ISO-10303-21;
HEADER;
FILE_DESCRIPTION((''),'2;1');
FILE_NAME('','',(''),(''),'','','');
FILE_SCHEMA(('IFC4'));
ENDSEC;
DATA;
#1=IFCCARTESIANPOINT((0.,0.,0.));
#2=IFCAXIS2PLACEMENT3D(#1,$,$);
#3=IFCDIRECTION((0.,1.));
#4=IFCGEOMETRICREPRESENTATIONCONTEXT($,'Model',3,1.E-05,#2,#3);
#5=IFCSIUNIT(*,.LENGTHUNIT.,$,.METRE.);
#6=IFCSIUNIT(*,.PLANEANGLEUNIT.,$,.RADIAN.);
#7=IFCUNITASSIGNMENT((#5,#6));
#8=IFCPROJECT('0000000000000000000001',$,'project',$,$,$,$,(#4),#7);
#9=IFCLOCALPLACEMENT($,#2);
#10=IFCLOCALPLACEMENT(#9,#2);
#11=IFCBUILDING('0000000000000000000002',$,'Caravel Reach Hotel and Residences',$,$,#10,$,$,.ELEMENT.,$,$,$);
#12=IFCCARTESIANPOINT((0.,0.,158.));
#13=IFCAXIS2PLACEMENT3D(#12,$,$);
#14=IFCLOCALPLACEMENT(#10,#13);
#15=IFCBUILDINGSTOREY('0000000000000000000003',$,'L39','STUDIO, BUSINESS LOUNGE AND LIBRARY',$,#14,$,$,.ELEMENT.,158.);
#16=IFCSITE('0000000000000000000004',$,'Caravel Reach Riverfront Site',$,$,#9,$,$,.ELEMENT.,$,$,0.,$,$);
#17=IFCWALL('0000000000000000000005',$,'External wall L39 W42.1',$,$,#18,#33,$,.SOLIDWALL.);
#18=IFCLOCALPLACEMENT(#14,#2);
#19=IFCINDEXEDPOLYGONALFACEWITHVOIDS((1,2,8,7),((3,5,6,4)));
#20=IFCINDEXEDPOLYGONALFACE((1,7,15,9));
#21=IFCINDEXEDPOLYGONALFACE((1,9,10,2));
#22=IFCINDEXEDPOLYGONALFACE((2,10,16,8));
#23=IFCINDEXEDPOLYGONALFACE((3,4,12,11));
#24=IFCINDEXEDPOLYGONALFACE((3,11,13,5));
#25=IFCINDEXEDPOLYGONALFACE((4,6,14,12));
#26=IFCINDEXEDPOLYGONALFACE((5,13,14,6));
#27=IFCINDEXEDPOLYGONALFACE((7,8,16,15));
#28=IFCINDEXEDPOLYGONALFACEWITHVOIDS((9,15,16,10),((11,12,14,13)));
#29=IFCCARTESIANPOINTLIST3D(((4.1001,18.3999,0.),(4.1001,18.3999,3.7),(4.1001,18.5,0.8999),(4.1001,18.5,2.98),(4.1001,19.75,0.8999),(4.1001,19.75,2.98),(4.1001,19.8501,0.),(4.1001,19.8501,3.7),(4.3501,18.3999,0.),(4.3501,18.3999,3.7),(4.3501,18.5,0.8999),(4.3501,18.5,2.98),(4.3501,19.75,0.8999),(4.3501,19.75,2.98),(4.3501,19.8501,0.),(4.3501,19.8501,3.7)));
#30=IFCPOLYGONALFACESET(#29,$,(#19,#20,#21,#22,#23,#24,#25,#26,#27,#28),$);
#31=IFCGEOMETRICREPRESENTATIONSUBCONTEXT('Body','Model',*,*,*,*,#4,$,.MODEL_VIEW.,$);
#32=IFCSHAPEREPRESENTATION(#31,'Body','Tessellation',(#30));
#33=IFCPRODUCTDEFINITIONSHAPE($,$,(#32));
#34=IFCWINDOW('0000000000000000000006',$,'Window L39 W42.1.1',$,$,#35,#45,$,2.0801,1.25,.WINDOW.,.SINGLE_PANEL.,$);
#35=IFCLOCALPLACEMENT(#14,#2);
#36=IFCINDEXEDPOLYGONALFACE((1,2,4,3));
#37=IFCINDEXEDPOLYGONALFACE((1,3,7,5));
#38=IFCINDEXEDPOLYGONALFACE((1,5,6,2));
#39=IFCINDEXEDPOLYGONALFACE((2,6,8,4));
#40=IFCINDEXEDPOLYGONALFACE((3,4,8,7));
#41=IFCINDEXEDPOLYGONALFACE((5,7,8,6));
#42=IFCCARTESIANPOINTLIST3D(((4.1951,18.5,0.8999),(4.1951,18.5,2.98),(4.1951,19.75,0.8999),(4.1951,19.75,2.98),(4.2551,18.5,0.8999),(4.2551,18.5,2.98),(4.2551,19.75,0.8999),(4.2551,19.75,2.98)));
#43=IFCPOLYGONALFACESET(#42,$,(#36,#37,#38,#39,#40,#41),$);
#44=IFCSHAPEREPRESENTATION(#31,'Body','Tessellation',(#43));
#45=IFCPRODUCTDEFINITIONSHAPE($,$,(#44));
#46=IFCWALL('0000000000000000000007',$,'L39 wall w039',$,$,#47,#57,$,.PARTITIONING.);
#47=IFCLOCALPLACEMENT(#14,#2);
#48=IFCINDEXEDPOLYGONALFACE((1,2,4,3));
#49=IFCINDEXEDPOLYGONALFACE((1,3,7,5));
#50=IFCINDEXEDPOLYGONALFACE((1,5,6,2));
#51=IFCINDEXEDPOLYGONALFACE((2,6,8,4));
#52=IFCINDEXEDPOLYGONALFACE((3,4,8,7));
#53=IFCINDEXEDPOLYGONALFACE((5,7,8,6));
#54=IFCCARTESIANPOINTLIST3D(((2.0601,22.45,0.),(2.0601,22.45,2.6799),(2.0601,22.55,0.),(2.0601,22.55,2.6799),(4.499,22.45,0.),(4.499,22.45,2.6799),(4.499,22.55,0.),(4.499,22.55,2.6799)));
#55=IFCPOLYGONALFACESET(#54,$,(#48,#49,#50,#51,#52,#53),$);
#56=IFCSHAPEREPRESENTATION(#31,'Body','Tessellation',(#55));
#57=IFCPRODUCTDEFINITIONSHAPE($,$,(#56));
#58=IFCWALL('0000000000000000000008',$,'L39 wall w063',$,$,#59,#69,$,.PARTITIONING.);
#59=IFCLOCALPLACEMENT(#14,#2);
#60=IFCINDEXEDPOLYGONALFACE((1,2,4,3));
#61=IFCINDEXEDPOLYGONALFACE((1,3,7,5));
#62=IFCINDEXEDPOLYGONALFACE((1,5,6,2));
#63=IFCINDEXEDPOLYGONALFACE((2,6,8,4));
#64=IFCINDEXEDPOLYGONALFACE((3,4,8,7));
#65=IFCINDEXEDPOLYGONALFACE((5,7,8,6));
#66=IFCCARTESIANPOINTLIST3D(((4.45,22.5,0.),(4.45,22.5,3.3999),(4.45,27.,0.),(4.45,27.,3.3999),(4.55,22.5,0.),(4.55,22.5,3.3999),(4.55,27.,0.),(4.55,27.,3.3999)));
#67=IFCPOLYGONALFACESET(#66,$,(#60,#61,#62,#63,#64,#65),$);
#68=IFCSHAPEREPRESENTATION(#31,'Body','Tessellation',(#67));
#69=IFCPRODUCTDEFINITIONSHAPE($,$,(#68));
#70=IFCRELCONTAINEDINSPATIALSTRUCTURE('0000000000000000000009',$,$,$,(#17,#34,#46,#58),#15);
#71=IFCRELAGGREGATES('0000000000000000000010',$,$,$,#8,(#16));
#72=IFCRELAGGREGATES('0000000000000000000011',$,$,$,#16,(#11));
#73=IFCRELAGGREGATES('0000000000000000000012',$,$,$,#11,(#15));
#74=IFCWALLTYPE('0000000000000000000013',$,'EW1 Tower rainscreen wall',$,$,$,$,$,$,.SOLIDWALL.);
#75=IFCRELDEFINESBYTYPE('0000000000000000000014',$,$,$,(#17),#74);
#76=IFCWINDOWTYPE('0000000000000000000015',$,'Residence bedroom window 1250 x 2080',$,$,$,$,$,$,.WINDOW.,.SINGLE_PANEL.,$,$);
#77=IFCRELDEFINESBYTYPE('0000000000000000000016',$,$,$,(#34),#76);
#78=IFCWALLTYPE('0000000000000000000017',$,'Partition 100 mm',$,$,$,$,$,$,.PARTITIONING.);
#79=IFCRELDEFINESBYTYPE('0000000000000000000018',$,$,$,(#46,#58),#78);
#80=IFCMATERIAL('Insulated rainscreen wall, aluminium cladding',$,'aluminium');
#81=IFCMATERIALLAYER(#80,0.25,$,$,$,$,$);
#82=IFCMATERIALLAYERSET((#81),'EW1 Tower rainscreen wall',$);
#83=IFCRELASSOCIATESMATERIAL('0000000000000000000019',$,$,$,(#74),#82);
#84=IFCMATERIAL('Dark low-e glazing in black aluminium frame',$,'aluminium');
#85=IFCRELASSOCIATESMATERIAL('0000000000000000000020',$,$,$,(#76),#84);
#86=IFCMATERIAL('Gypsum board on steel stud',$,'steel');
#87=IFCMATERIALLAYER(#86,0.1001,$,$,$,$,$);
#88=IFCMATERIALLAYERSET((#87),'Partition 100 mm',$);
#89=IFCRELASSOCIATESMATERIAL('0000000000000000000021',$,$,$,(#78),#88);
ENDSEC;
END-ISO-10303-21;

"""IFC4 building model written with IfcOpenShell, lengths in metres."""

from ifc_helpers import new_model, si_unit, direction, frame, frame_2d, origin, place, context, subcontext, project, spatial, rectangle, extrude, material, layer, layer_set, type_object, element, fill, save


model = new_model("IFC4")

# Units and contexts
model_context = context("Model", 3, precision=1e-05, world=origin(), true_north=direction((0.0, 1.0)))
body_context = subcontext(model_context, "Body", "Model", "MODEL_VIEW")
ifc_project = project(units=[si_unit("LENGTHUNIT", "METRE"), si_unit("PLANEANGLEUNIT", "RADIAN")], contexts=[model_context])

# Site, building, storey
site_placement = place(None, origin())
site = spatial("IfcSite", under=ifc_project, at=site_placement, Name="Caravel Reach Riverfront Site", CompositionType="ELEMENT", RefElevation=0.0)
building_placement = place(site_placement, origin())
building = spatial("IfcBuilding", under=site, at=building_placement, Name="Caravel Reach Hotel and Residences", CompositionType="ELEMENT")
storey_placement = place(building_placement, frame((0.0, 0.0, 158.0)))
storey = spatial("IfcBuildingStorey", under=building, at=storey_placement, Name="L39", Description="STUDIO, BUSINESS LOUNGE AND LIBRARY", CompositionType="ELEMENT", Elevation=158.0)

# Wall, opening, window
ifc_material_1 = material(Name="Insulated rainscreen wall, aluminium cladding", Category="aluminium")
ifc_layer_1 = layer(ifc_material_1, 0.25)
ifc_layer_set_1 = layer_set([ifc_layer_1], Name="EW1 Tower rainscreen wall")
wall_type_1 = type_object("IfcWallType", Name="EW1 Tower rainscreen wall", PredefinedType="SOLIDWALL", material=ifc_layer_set_1)
wall_1_placement = place(storey_placement, frame((4.2251, 19.8501, 0.0), z_axis=(0.0, 0.0, 1.0), x_axis=(0.0, -1.0, 0.0)))
wall_1 = element("IfcWall", 1, at=wall_1_placement, inside=storey, type_object=wall_type_1, Name="External wall L39 W42.1", PredefinedType="SOLIDWALL", context=body_context, shape_type="SweptSolid", body=[
    extrude(rectangle(XDim=1.4502, YDim=0.25, at=frame_2d((0.7251, 0.0))), origin(), (0.0, 0.0, 1.0), 3.7),
])
opening_1_placement = place(wall_1_placement, frame((0.1001, 0.0, 0.8999)))
opening_1 = element("IfcOpeningElement", 2, at=opening_1_placement, cuts=wall_1, PredefinedType="OPENING", context=body_context, shape_type="SweptSolid", body=[
    extrude(rectangle(XDim=1.25, YDim=2.0801, at=frame_2d((0.625, 1.04))), frame((0.0, 0.135, 0.0), z_axis=(0.0, -1.0, 0.0), x_axis=(1.0, 0.0, 0.0)), (0.0, 0.0, 1.0), 0.27),
])
ifc_material_2 = material(Name="Dark low-e glazing in black aluminium frame", Category="aluminium")
window_type_1 = type_object("IfcWindowType", Name="Residence bedroom window 1250 x 2080", PartitioningType="SINGLE_PANEL", PredefinedType="WINDOW", material=ifc_material_2)
window_1_placement = place(opening_1_placement, origin())
window_1 = element("IfcWindow", 3, at=window_1_placement, inside=storey, type_object=window_type_1, Name="Window L39 W42.1.1", OverallHeight=2.0801, OverallWidth=1.25, PartitioningType="SINGLE_PANEL", PredefinedType="WINDOW", context=body_context, shape_type="SweptSolid", body=[
    extrude(rectangle(XDim=1.25, YDim=2.0801, at=frame_2d((0.625, 1.04))), frame((0.0, 0.03, 0.0), z_axis=(0.0, -1.0, 0.0), x_axis=(1.0, 0.0, 0.0)), (0.0, 0.0, 1.0), 0.0601),
])
fill(opening_1, window_1)

# Walls
ifc_material_3 = material(Name="Gypsum board on steel stud", Category="steel")
ifc_layer_2 = layer(ifc_material_3, 0.1001)
ifc_layer_set_2 = layer_set([ifc_layer_2], Name="Partition 100 mm")
wall_type_2 = type_object("IfcWallType", Name="Partition 100 mm", PredefinedType="PARTITIONING", material=ifc_layer_set_2)
wall_2_placement = place(storey_placement, frame((2.0601, 22.5, 0.0), z_axis=(0.0, 0.0, 1.0), x_axis=(1.0, 0.0, 0.0)))
element("IfcWall", 4, at=wall_2_placement, inside=storey, type_object=wall_type_2, Name="L39 wall w039", PredefinedType="PARTITIONING", context=body_context, shape_type="SweptSolid", body=[
    extrude(rectangle(XDim=2.439, YDim=0.1001, at=frame_2d((1.2195, 0.0))), origin(), (0.0, 0.0, 1.0), 2.6799),
])
wall_3_placement = place(storey_placement, frame((4.5, 22.5, 0.0), z_axis=(0.0, 0.0, 1.0), x_axis=(0.0, 1.0, 0.0)))
element("IfcWall", 5, at=wall_3_placement, inside=storey, type_object=wall_type_2, Name="L39 wall w063", PredefinedType="PARTITIONING", context=body_context, shape_type="SweptSolid", body=[
    extrude(rectangle(XDim=4.5, YDim=0.1001, at=frame_2d((2.25, 0.0))), origin(), (0.0, 0.0, 1.0), 3.3999),
])

save(model, "model.ifc")
